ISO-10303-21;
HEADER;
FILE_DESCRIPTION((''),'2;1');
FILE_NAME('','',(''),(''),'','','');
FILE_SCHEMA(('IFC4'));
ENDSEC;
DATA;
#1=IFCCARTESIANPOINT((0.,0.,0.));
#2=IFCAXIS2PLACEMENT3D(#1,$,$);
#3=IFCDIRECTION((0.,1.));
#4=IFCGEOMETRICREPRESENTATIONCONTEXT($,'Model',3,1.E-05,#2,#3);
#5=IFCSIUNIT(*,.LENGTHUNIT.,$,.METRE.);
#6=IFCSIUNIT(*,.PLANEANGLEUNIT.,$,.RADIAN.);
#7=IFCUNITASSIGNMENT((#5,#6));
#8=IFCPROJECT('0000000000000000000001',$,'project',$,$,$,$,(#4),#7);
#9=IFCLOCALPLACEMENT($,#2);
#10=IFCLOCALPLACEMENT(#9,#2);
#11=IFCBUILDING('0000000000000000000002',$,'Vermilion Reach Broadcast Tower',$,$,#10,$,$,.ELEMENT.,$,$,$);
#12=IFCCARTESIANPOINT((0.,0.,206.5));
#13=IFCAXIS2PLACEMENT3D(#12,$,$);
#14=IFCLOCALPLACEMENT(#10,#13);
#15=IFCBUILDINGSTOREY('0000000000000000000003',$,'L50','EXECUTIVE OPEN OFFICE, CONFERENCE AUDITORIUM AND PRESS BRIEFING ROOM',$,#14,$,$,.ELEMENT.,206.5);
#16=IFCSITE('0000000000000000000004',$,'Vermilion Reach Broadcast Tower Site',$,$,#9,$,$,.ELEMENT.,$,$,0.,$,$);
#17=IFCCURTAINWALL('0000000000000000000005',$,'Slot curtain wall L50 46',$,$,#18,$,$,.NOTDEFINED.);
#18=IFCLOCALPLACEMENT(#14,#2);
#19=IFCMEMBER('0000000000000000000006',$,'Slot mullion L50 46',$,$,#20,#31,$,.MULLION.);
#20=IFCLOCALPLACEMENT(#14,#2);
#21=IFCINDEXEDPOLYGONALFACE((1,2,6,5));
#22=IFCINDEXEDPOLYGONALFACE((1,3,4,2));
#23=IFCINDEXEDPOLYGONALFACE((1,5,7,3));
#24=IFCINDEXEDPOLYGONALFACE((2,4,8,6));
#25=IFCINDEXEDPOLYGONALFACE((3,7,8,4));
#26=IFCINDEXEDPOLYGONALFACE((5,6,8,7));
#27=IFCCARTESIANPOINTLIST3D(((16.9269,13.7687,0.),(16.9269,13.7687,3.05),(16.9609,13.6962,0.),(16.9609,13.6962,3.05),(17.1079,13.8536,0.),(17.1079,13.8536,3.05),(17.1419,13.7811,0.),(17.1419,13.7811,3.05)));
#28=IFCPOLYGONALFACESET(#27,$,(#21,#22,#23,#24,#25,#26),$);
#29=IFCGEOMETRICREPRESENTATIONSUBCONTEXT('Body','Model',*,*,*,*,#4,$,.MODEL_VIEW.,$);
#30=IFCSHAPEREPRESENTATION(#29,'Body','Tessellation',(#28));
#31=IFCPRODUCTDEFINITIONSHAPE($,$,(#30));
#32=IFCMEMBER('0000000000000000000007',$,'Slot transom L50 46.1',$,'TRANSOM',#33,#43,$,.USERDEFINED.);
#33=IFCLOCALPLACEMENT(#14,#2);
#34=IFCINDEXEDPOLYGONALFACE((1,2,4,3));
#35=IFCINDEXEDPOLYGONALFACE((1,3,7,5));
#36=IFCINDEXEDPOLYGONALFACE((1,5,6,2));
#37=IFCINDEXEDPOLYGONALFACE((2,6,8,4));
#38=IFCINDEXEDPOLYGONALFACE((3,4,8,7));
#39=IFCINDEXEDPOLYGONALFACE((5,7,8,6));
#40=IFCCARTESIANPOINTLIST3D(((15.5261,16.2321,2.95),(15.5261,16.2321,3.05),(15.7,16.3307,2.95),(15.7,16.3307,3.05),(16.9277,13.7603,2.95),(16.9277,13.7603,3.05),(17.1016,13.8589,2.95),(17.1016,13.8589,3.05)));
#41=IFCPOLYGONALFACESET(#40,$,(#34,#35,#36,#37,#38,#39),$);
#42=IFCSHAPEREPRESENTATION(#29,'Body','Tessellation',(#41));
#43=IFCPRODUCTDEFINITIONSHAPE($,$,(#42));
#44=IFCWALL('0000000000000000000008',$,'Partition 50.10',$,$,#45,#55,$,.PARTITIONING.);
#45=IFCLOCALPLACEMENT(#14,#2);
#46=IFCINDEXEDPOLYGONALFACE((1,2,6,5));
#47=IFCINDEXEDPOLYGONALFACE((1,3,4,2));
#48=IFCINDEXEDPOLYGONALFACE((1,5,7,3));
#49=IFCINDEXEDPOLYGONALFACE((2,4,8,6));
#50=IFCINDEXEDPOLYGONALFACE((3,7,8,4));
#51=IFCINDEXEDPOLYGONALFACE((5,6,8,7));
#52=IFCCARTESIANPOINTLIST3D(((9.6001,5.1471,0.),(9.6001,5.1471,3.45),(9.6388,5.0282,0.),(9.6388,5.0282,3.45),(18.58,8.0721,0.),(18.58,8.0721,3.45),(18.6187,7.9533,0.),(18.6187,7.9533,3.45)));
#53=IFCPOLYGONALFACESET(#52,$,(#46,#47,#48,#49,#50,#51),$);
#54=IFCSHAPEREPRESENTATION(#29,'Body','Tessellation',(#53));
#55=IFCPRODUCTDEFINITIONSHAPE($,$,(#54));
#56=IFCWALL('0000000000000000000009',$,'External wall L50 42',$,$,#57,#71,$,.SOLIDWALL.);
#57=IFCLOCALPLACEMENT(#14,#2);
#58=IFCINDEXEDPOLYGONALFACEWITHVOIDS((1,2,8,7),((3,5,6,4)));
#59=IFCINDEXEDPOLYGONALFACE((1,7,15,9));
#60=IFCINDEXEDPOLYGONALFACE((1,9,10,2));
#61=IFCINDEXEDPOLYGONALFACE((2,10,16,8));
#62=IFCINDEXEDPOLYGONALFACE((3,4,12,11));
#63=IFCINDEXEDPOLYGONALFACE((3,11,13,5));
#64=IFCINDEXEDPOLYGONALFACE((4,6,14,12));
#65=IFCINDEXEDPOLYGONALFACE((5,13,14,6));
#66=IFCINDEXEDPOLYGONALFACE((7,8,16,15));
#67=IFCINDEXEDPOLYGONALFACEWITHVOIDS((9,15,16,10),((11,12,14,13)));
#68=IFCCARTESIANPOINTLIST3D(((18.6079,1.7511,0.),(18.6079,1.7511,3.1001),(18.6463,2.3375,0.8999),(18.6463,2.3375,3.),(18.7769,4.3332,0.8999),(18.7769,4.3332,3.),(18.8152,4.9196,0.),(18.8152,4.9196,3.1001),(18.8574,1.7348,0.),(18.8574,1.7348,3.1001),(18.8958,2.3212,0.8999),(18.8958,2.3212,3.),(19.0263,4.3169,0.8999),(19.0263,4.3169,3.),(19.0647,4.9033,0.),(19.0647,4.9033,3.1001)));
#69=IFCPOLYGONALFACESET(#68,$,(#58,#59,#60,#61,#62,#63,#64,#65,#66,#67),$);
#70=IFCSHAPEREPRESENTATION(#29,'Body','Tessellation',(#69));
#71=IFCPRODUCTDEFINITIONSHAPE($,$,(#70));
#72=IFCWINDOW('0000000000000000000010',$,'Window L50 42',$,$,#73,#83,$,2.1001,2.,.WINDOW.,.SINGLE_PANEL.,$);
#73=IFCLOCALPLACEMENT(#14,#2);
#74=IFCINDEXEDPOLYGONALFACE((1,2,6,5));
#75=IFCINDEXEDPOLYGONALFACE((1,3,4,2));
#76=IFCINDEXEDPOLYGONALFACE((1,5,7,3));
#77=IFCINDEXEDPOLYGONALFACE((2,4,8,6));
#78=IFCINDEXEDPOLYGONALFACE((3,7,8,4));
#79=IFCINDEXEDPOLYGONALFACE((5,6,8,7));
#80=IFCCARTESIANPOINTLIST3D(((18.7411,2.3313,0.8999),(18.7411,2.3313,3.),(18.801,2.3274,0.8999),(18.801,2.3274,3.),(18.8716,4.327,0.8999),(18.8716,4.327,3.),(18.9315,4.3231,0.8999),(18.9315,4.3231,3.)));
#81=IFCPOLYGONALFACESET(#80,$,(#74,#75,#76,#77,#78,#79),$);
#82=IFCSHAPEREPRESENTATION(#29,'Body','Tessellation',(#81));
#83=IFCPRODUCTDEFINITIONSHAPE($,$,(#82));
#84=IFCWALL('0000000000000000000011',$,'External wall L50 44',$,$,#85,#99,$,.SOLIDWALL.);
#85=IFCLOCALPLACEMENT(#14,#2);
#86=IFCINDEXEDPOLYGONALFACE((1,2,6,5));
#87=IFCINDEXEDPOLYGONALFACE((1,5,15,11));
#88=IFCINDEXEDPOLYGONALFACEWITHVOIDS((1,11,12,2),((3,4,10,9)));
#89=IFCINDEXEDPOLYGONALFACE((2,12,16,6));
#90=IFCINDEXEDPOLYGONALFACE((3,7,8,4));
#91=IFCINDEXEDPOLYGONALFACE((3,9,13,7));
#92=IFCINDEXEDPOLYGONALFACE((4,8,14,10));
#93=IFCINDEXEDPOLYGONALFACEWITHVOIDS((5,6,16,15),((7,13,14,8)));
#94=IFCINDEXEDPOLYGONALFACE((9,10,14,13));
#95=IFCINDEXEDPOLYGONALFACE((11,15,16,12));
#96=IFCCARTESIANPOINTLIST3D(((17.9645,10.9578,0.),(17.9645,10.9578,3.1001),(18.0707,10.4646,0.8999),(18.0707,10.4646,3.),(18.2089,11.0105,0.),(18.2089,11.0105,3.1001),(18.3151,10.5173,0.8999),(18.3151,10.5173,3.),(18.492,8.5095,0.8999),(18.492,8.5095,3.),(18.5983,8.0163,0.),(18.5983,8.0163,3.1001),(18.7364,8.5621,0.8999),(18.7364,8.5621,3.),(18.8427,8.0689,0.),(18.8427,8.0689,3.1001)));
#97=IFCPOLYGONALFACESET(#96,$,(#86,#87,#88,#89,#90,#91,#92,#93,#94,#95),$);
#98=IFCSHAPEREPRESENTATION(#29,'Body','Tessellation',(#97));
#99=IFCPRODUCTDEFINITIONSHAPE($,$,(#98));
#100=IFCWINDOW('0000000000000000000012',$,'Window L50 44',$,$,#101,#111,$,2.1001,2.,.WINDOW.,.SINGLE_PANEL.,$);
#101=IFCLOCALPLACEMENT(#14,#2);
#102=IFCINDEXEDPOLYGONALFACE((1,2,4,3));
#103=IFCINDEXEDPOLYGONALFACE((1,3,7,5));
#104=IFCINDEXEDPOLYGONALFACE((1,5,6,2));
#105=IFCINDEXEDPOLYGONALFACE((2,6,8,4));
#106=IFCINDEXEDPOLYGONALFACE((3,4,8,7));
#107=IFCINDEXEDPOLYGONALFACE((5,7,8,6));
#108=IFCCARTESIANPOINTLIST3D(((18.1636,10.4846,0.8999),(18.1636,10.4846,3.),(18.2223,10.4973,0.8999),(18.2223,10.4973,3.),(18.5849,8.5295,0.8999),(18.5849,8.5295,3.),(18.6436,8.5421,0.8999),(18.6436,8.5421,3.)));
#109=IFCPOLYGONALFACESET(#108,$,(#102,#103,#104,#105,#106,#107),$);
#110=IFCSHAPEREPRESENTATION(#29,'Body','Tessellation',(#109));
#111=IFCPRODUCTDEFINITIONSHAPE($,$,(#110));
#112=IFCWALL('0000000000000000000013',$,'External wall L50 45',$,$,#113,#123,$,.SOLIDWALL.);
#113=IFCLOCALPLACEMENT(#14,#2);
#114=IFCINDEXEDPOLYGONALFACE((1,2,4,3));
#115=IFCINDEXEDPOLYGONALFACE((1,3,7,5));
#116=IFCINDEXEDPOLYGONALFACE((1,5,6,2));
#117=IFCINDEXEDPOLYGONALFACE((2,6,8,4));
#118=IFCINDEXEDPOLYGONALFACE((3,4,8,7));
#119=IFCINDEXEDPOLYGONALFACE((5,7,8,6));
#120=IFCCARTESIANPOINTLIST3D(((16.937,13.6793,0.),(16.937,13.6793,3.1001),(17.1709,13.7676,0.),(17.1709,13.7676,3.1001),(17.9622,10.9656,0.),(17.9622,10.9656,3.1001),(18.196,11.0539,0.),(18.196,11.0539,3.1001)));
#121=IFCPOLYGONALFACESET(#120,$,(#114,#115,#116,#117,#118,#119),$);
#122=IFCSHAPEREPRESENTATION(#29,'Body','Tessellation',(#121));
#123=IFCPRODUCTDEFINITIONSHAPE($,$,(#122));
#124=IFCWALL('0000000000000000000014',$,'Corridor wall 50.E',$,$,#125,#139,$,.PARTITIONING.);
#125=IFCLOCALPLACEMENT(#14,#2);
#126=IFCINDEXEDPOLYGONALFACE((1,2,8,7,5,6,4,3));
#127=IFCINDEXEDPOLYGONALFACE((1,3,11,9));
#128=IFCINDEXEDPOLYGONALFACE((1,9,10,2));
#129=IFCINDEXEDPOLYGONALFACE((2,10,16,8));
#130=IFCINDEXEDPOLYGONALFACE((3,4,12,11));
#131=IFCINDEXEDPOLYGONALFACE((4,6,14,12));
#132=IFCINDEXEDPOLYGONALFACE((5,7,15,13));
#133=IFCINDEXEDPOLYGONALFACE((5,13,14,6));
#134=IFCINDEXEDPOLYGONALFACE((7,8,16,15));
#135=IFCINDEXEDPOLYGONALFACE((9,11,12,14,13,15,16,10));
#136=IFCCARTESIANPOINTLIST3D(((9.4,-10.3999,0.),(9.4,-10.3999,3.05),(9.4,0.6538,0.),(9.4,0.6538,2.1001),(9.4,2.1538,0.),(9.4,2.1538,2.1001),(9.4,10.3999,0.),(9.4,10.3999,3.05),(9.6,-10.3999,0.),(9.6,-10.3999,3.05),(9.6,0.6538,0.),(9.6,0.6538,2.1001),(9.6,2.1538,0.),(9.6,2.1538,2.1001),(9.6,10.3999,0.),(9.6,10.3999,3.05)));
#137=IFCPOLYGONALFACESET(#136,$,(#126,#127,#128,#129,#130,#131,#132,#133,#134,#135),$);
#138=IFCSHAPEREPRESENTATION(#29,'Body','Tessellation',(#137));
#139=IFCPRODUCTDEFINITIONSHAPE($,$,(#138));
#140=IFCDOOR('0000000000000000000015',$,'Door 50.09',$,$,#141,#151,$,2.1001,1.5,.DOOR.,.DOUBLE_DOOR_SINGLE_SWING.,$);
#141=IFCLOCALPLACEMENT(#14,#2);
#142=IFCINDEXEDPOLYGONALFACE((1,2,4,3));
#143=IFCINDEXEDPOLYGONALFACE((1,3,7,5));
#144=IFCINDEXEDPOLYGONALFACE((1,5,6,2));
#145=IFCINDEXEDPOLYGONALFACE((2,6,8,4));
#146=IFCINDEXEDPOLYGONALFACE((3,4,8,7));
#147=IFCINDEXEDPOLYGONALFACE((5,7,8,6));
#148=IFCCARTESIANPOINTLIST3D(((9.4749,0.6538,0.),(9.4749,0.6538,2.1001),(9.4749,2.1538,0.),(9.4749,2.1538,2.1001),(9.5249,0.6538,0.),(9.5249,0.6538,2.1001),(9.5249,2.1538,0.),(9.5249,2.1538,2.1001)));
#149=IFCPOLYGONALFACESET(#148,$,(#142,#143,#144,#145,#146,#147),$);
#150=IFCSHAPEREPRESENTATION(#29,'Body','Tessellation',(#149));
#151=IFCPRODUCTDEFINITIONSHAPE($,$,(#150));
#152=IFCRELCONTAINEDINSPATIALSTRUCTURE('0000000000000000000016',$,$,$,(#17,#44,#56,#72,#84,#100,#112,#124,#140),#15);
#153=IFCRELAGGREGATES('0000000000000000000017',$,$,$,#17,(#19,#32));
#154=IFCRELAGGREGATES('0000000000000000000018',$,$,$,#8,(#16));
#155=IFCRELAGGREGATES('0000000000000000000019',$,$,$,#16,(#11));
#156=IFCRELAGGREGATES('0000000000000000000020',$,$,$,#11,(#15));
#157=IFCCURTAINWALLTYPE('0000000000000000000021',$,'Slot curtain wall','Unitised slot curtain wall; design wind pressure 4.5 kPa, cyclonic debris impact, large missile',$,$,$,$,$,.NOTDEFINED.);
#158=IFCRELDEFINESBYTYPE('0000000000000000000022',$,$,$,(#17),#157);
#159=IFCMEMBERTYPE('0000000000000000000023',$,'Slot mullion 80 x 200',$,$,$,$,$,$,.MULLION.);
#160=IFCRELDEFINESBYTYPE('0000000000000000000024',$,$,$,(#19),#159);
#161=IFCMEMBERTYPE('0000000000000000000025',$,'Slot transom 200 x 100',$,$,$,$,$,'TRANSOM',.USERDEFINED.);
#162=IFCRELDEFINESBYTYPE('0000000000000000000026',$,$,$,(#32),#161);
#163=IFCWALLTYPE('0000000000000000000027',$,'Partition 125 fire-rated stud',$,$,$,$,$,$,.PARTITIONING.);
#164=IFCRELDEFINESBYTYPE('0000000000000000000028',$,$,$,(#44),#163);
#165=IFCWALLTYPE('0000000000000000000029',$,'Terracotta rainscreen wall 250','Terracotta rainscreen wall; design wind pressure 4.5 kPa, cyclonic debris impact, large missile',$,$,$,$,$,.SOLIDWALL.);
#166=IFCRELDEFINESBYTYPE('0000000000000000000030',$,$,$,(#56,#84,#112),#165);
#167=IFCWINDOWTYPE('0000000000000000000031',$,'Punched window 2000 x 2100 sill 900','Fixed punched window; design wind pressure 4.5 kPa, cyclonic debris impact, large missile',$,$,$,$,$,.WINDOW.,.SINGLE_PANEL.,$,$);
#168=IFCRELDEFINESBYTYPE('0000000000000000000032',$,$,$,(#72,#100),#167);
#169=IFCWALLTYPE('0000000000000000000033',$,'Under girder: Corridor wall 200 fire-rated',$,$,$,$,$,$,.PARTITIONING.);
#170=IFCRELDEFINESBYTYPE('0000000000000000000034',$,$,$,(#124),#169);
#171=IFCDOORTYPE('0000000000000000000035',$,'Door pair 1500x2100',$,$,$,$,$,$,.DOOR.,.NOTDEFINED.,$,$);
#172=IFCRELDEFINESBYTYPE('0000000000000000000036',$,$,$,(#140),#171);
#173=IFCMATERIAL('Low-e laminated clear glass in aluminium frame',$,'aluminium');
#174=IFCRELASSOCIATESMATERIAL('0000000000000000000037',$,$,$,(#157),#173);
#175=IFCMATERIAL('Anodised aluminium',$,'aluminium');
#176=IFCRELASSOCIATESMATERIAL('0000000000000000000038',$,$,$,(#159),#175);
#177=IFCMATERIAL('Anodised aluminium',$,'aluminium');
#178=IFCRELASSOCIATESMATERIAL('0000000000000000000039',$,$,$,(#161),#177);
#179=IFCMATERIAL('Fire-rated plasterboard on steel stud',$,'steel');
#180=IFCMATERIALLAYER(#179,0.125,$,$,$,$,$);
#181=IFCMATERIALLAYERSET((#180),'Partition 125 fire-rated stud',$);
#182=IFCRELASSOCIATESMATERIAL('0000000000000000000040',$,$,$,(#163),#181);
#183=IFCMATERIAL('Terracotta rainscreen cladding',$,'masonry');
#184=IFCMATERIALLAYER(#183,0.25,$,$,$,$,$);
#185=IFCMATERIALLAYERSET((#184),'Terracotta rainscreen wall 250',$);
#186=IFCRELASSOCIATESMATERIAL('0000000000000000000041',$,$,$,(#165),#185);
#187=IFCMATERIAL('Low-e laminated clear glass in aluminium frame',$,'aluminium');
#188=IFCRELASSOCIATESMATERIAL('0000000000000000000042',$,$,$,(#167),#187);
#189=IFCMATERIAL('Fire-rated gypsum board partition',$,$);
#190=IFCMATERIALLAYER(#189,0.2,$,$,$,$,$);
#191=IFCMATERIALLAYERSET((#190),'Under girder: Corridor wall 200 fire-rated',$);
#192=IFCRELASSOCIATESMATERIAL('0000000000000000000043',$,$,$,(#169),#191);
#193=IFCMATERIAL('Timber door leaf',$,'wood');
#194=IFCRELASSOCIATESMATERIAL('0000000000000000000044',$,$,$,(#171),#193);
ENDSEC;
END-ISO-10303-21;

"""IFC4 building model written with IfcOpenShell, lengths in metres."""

from ifc_helpers import new_model, si_unit, direction, frame, frame_2d, origin, origin_2d, place, context, subcontext, project, spatial, rectangle, extrude, material, layer, layer_set, material_profile, profile_set, type_object, element, fill, aggregate, save


model = new_model("IFC4")

# Units and contexts
model_context = context("Model", 3, precision=1e-05, world=origin(), true_north=direction((0.0, 1.0)))
body_context = subcontext(model_context, "Body", "Model", "MODEL_VIEW")
ifc_project = project(units=[si_unit("LENGTHUNIT", "METRE"), si_unit("PLANEANGLEUNIT", "RADIAN")], contexts=[model_context])

# Site, building, storey
site_placement = place(None, origin())
site = spatial("IfcSite", under=ifc_project, at=site_placement, Name="Vermilion Reach Broadcast Tower Site", CompositionType="ELEMENT", RefElevation=0.0)
building_placement = place(site_placement, origin())
building = spatial("IfcBuilding", under=site, at=building_placement, Name="Vermilion Reach Broadcast Tower", CompositionType="ELEMENT")
storey_placement = place(building_placement, frame((0.0, 0.0, 206.5)))
storey = spatial("IfcBuildingStorey", under=building, at=storey_placement, Name="L50", Description="EXECUTIVE OPEN OFFICE, CONFERENCE AUDITORIUM AND PRESS BRIEFING ROOM", CompositionType="ELEMENT", Elevation=206.5)

# Curtain wall, members
ifc_material_1 = material(Name="Low-e laminated clear glass in aluminium frame", Category="aluminium")
curtain_wall_type = type_object("IfcCurtainWallType", Name="Slot curtain wall", Description="Unitised slot curtain wall; design wind pressure 4.5 kPa, cyclonic debris impact, large missile", PredefinedType="NOTDEFINED", material=ifc_material_1)
curtain_wall_placement = place(storey_placement, origin())
curtain_wall = element("IfcCurtainWall", 1, at=curtain_wall_placement, inside=storey, type_object=curtain_wall_type, Name="Slot curtain wall L50 46", PredefinedType="NOTDEFINED")
ifc_material_2 = material(Name="Anodised aluminium", Category="aluminium")
ifc_material_profile_1 = material_profile(ifc_material_2, rectangle(XDim=0.2, YDim=0.0801, at=origin_2d()), Name="Slot mullion 80 x 200")
ifc_profile_set_1 = profile_set([ifc_material_profile_1], Name="Anodised aluminium")
member_type_1 = type_object("IfcMemberType", Name="Slot mullion 80 x 200", PredefinedType="MULLION", material=ifc_profile_set_1)
member_1_placement = place(storey_placement, frame((17.0344, 13.7749, 0.0), z_axis=(0.0, 0.0, 1.0), x_axis=(-0.905372, -0.424619, 0.0)))
member_1 = element("IfcMember", 2, at=member_1_placement, type_object=member_type_1, Name="Slot mullion L50 46", PredefinedType="MULLION", context=body_context, shape_type="SweptSolid", body=[
    extrude(rectangle(XDim=0.2, YDim=0.0801, at=origin_2d()), origin(), (0.0, 0.0, 1.0), 3.05),
])
ifc_material_3 = material(Name="Anodised aluminium", Category="aluminium")
ifc_material_profile_2 = material_profile(ifc_material_3, rectangle(XDim=0.2, YDim=0.1001, at=origin_2d()), Name="Slot transom 200 x 100")
ifc_profile_set_2 = profile_set([ifc_material_profile_2], Name="Anodised aluminium")
member_type_2 = type_object("IfcMemberType", Name="Slot transom 200 x 100", ElementType="TRANSOM", PredefinedType="USERDEFINED", material=ifc_profile_set_2)
member_2_placement = place(storey_placement, frame((17.0146, 13.8096, 3.0), z_axis=(-0.49324, 0.869893, 0.0), x_axis=(-0.869893, -0.49324, 0.0)))
member_2 = element("IfcMember", 3, at=member_2_placement, type_object=member_type_2, Name="Slot transom L50 46.1", ObjectType="TRANSOM", PredefinedType="USERDEFINED", context=body_context, shape_type="SweptSolid", body=[
    extrude(rectangle(XDim=0.2, YDim=0.1001, at=origin_2d()), origin(), (0.0, 0.0, 1.0), 2.8416),
])
aggregate(curtain_wall, [member_1, member_2])

# Wall
ifc_material_4 = material(Name="Fire-rated plasterboard on steel stud", Category="steel")
ifc_layer_1 = layer(ifc_material_4, 0.125)
ifc_layer_set_1 = layer_set([ifc_layer_1], Name="Partition 125 fire-rated stud")
wall_type_1 = type_object("IfcWallType", Name="Partition 125 fire-rated stud", PredefinedType="PARTITIONING", material=ifc_layer_set_1)
wall_1_placement = place(storey_placement, frame((18.5994, 8.0127, 0.0), z_axis=(0.0, 0.0, 1.0), x_axis=(-0.95083, -0.309714, 0.0)))
element("IfcWall", 4, at=wall_1_placement, inside=storey, type_object=wall_type_1, Name="Partition 50.10", PredefinedType="PARTITIONING", context=body_context, shape_type="SweptSolid", body=[
    extrude(rectangle(XDim=9.4443, YDim=0.125, at=frame_2d((4.7222, 0.0))), origin(), (0.0, 0.0, 1.0), 3.45),
])

# Wall, opening, window
ifc_material_5 = material(Name="Terracotta rainscreen cladding", Category="masonry")
ifc_layer_2 = layer(ifc_material_5, 0.25)
ifc_layer_set_2 = layer_set([ifc_layer_2], Name="Terracotta rainscreen wall 250")
wall_type_2 = type_object("IfcWallType", Name="Terracotta rainscreen wall 250", Description="Terracotta rainscreen wall; design wind pressure 4.5 kPa, cyclonic debris impact, large missile", PredefinedType="SOLIDWALL", material=ifc_layer_set_2)
wall_2_placement = place(storey_placement, frame((18.7327, 1.7429, 0.0), z_axis=(0.0, 0.0, 1.0), x_axis=(0.065279, 0.997867, 0.0)))
wall_2 = element("IfcWall", 5, at=wall_2_placement, inside=storey, type_object=wall_type_2, Name="External wall L50 42", PredefinedType="SOLIDWALL", context=body_context, shape_type="SweptSolid", body=[
    extrude(rectangle(XDim=3.1753, YDim=0.25, at=frame_2d((1.5876, 0.0))), origin(), (0.0, 0.0, 1.0), 3.1001),
])
opening_1_placement = place(wall_2_placement, frame((0.5876, 0.0, 0.8999)))
opening_1 = element("IfcOpeningElement", 6, at=opening_1_placement, cuts=wall_2, PredefinedType="OPENING", context=body_context, shape_type="SweptSolid", body=[
    extrude(rectangle(XDim=2.0, YDim=2.1001, at=frame_2d((1.0, 1.05))), frame((0.0, 0.135, 0.0), z_axis=(0.0, -1.0, 0.0), x_axis=(1.0, 0.0, 0.0)), (0.0, 0.0, 1.0), 0.27),
])
ifc_material_6 = material(Name="Low-e laminated clear glass in aluminium frame", Category="aluminium")
window_type = type_object("IfcWindowType", Name="Punched window 2000 x 2100 sill 900", Description="Fixed punched window; design wind pressure 4.5 kPa, cyclonic debris impact, large missile", PartitioningType="SINGLE_PANEL", PredefinedType="WINDOW", material=ifc_material_6)
window_1_placement = place(opening_1_placement, origin())
window_1 = element("IfcWindow", 7, at=window_1_placement, inside=storey, type_object=window_type, Name="Window L50 42", OverallHeight=2.1001, OverallWidth=2.0, PartitioningType="SINGLE_PANEL", PredefinedType="WINDOW", context=body_context, shape_type="SweptSolid", body=[
    extrude(rectangle(XDim=2.0, YDim=2.1001, at=frame_2d((1.0, 1.05))), frame((0.0, 0.03, 0.0), z_axis=(0.0, -1.0, 0.0), x_axis=(1.0, 0.0, 0.0)), (0.0, 0.0, 1.0), 0.0601),
])
fill(opening_1, window_1)

# Wall, opening, window
wall_3_placement = place(storey_placement, frame((18.7205, 8.0427, 0.0), z_axis=(0.0, 0.0, 1.0), x_axis=(-0.210637, 0.977564, 0.0)))
wall_3 = element("IfcWall", 8, at=wall_3_placement, inside=storey, type_object=wall_type_2, Name="External wall L50 44", PredefinedType="SOLIDWALL", context=body_context, shape_type="SweptSolid", body=[
    extrude(rectangle(XDim=3.009, YDim=0.25, at=frame_2d((1.5044, 0.0))), origin(), (0.0, 0.0, 1.0), 3.1001),
])
opening_2_placement = place(wall_3_placement, frame((0.5044, 0.0, 0.8999)))
opening_2 = element("IfcOpeningElement", 9, at=opening_2_placement, cuts=wall_3, PredefinedType="OPENING", context=body_context, shape_type="SweptSolid", body=[
    extrude(rectangle(XDim=2.0, YDim=2.1001, at=frame_2d((1.0, 1.05))), frame((0.0, 0.135, 0.0), z_axis=(0.0, -1.0, 0.0), x_axis=(1.0, 0.0, 0.0)), (0.0, 0.0, 1.0), 0.27),
])
window_2_placement = place(opening_2_placement, origin())
window_2 = element("IfcWindow", 10, at=window_2_placement, inside=storey, type_object=window_type, Name="Window L50 44", OverallHeight=2.1001, OverallWidth=2.0, PartitioningType="SINGLE_PANEL", PredefinedType="WINDOW", context=body_context, shape_type="SweptSolid", body=[
    extrude(rectangle(XDim=2.0, YDim=2.1001, at=frame_2d((1.0, 1.05))), frame((0.0, 0.03, 0.0), z_axis=(0.0, -1.0, 0.0), x_axis=(1.0, 0.0, 0.0)), (0.0, 0.0, 1.0), 0.0601),
])
fill(opening_2, window_2)

# Wall
wall_4_placement = place(storey_placement, frame((18.0791, 11.0098, 0.0), z_axis=(0.0, 0.0, 1.0), x_axis=(-0.353401, 0.935472, 0.0)))
element("IfcWall", 11, at=wall_4_placement, inside=storey, type_object=wall_type_2, Name="External wall L50 45", PredefinedType="SOLIDWALL", context=body_context, shape_type="SweptSolid", body=[
    extrude(rectangle(XDim=2.9009, YDim=0.25, at=frame_2d((1.4504, 0.0))), origin(), (0.0, 0.0, 1.0), 3.1001),
])

# Wall, opening, door
ifc_material_7 = material(Name="Fire-rated gypsum board partition")
ifc_layer_3 = layer(ifc_material_7, 0.2)
ifc_layer_set_3 = layer_set([ifc_layer_3], Name="Under girder: Corridor wall 200 fire-rated")
wall_type_3 = type_object("IfcWallType", Name="Under girder: Corridor wall 200 fire-rated", PredefinedType="PARTITIONING", material=ifc_layer_set_3)
wall_5_placement = place(storey_placement, frame((9.5, 10.3999, 0.0), z_axis=(0.0, 0.0, 1.0), x_axis=(0.0, -1.0, 0.0)))
wall_5 = element("IfcWall", 12, at=wall_5_placement, inside=storey, type_object=wall_type_3, Name="Corridor wall 50.E", PredefinedType="PARTITIONING", context=body_context, shape_type="SweptSolid", body=[
    extrude(rectangle(XDim=20.7998, YDim=0.2, at=frame_2d((10.3999, 0.0))), origin(), (0.0, 0.0, 1.0), 3.05),
])
opening_3_placement = place(wall_5_placement, frame((8.2461, 0.0, 0.0)))
opening_3 = element("IfcOpeningElement", 13, at=opening_3_placement, cuts=wall_5, PredefinedType="OPENING", context=body_context, shape_type="SweptSolid", body=[
    extrude(rectangle(XDim=1.5, YDim=2.1001, at=frame_2d((0.75, 1.05))), frame((0.0, 0.1099, 0.0), z_axis=(0.0, -1.0, 0.0), x_axis=(1.0, 0.0, 0.0)), (0.0, 0.0, 1.0), 0.22),
])
ifc_material_8 = material(Name="Timber door leaf", Category="wood")
door_type_1 = type_object("IfcDoorType", Name="Door pair 1500x2100", OperationType="NOTDEFINED", PredefinedType="DOOR", material=ifc_material_8)
door_1_placement = place(opening_3_placement, origin())
door_1 = element("IfcDoor", 14, at=door_1_placement, inside=storey, type_object=door_type_1, Name="Door 50.09", OperationType="DOUBLE_DOOR_SINGLE_SWING", OverallHeight=2.1001, OverallWidth=1.5, PredefinedType="DOOR", context=body_context, shape_type="SweptSolid", body=[
    extrude(rectangle(XDim=1.5, YDim=2.1001, at=frame_2d((0.75, 1.05))), frame((0.0, 0.0249, 0.0), z_axis=(0.0, -1.0, 0.0), x_axis=(1.0, 0.0, 0.0)), (0.0, 0.0, 1.0), 0.05),
])
fill(opening_3, door_1)

save(model, "model.ifc")
